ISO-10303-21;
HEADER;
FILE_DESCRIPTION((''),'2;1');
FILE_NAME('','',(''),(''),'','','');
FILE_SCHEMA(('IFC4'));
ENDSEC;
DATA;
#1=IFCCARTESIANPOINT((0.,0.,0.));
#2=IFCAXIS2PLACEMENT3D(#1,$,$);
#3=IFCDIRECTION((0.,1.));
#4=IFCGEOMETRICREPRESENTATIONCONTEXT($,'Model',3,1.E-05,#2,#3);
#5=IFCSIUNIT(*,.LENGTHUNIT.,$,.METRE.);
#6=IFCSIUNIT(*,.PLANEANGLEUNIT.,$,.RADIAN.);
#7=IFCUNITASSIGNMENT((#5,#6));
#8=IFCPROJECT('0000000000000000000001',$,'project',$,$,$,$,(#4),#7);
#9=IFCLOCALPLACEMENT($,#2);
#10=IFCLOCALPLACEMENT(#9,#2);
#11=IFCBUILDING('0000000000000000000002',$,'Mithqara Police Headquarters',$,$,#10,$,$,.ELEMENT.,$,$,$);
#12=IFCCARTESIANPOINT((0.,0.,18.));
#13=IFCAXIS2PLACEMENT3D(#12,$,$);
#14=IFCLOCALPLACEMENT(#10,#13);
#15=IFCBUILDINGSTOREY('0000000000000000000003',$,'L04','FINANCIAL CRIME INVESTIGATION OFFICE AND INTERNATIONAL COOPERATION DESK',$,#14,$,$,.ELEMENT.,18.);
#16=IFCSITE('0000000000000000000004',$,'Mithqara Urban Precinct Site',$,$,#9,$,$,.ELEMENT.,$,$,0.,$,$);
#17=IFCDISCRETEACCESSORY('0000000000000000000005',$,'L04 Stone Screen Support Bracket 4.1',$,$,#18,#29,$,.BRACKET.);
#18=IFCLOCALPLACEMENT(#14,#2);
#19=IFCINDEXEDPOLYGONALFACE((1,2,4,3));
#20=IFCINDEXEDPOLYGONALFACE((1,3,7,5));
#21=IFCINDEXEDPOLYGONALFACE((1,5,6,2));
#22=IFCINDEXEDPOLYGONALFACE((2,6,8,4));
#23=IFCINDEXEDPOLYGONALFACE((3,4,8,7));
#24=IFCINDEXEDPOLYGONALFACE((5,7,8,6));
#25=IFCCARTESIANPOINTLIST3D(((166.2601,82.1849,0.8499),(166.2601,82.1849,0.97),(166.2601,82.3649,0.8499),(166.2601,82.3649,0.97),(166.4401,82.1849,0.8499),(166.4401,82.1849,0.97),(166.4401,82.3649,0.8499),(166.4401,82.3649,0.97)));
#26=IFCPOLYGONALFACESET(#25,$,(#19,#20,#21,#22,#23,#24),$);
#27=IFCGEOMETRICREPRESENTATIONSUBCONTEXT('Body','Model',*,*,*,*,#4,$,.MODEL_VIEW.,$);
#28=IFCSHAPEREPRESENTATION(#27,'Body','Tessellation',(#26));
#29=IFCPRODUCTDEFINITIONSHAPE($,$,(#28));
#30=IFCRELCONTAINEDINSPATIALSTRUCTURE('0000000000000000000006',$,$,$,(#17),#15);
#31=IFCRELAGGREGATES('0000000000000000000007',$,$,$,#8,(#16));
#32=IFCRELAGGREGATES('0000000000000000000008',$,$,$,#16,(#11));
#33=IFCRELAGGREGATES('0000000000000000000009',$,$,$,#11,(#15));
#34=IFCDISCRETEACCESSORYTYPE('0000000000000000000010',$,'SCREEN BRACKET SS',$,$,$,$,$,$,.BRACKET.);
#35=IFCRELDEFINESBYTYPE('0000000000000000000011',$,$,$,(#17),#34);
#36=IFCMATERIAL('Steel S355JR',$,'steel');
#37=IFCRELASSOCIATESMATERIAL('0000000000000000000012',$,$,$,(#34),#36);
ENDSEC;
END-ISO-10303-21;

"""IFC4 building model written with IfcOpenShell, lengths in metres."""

from ifc_helpers import new_model, si_unit, direction, frame, origin, origin_2d, place, context, subcontext, project, spatial, rectangle, extrude, material, type_object, element, save


model = new_model("IFC4")

# Units and contexts
model_context = context("Model", 3, precision=1e-05, world=origin(), true_north=direction((0.0, 1.0)))
body_context = subcontext(model_context, "Body", "Model", "MODEL_VIEW")
ifc_project = project(units=[si_unit("LENGTHUNIT", "METRE"), si_unit("PLANEANGLEUNIT", "RADIAN")], contexts=[model_context])

# Site, building, storey
site_placement = place(None, origin())
site = spatial("IfcSite", under=ifc_project, at=site_placement, Name="Mithqara Urban Precinct Site", CompositionType="ELEMENT", RefElevation=0.0)
building_placement = place(site_placement, origin())
building = spatial("IfcBuilding", under=site, at=building_placement, Name="Mithqara Police Headquarters", CompositionType="ELEMENT")
storey_placement = place(building_placement, frame((0.0, 0.0, 18.0)))
storey = spatial("IfcBuildingStorey", under=building, at=storey_placement, Name="L04", Description="FINANCIAL CRIME INVESTIGATION OFFICE AND INTERNATIONAL COOPERATION DESK", CompositionType="ELEMENT", Elevation=18.0)

# Shared definitions
ifc_material_1 = material(Name="Steel S355JR", Category="steel")

# Discrete accessory
discrete_accessory_type = type_object("IfcDiscreteAccessoryType", Name="SCREEN BRACKET SS", PredefinedType="BRACKET", material=ifc_material_1)
discrete_accessory_placement = place(storey_placement, frame((166.3501, 82.2749, 0.8499), z_axis=(0.0, 0.0, 1.0), x_axis=(0.0, 1.0, 0.0)))
element("IfcDiscreteAccessory", 1, at=discrete_accessory_placement, inside=storey, type_object=discrete_accessory_type, Name="L04 Stone Screen Support Bracket 4.1", PredefinedType="BRACKET", context=body_context, shape_type="SweptSolid", body=[
    extrude(rectangle(XDim=0.1799, YDim=0.1799, at=origin_2d()), origin(), (0.0, 0.0, 1.0), 0.1201),
])

save(model, "model.ifc")
